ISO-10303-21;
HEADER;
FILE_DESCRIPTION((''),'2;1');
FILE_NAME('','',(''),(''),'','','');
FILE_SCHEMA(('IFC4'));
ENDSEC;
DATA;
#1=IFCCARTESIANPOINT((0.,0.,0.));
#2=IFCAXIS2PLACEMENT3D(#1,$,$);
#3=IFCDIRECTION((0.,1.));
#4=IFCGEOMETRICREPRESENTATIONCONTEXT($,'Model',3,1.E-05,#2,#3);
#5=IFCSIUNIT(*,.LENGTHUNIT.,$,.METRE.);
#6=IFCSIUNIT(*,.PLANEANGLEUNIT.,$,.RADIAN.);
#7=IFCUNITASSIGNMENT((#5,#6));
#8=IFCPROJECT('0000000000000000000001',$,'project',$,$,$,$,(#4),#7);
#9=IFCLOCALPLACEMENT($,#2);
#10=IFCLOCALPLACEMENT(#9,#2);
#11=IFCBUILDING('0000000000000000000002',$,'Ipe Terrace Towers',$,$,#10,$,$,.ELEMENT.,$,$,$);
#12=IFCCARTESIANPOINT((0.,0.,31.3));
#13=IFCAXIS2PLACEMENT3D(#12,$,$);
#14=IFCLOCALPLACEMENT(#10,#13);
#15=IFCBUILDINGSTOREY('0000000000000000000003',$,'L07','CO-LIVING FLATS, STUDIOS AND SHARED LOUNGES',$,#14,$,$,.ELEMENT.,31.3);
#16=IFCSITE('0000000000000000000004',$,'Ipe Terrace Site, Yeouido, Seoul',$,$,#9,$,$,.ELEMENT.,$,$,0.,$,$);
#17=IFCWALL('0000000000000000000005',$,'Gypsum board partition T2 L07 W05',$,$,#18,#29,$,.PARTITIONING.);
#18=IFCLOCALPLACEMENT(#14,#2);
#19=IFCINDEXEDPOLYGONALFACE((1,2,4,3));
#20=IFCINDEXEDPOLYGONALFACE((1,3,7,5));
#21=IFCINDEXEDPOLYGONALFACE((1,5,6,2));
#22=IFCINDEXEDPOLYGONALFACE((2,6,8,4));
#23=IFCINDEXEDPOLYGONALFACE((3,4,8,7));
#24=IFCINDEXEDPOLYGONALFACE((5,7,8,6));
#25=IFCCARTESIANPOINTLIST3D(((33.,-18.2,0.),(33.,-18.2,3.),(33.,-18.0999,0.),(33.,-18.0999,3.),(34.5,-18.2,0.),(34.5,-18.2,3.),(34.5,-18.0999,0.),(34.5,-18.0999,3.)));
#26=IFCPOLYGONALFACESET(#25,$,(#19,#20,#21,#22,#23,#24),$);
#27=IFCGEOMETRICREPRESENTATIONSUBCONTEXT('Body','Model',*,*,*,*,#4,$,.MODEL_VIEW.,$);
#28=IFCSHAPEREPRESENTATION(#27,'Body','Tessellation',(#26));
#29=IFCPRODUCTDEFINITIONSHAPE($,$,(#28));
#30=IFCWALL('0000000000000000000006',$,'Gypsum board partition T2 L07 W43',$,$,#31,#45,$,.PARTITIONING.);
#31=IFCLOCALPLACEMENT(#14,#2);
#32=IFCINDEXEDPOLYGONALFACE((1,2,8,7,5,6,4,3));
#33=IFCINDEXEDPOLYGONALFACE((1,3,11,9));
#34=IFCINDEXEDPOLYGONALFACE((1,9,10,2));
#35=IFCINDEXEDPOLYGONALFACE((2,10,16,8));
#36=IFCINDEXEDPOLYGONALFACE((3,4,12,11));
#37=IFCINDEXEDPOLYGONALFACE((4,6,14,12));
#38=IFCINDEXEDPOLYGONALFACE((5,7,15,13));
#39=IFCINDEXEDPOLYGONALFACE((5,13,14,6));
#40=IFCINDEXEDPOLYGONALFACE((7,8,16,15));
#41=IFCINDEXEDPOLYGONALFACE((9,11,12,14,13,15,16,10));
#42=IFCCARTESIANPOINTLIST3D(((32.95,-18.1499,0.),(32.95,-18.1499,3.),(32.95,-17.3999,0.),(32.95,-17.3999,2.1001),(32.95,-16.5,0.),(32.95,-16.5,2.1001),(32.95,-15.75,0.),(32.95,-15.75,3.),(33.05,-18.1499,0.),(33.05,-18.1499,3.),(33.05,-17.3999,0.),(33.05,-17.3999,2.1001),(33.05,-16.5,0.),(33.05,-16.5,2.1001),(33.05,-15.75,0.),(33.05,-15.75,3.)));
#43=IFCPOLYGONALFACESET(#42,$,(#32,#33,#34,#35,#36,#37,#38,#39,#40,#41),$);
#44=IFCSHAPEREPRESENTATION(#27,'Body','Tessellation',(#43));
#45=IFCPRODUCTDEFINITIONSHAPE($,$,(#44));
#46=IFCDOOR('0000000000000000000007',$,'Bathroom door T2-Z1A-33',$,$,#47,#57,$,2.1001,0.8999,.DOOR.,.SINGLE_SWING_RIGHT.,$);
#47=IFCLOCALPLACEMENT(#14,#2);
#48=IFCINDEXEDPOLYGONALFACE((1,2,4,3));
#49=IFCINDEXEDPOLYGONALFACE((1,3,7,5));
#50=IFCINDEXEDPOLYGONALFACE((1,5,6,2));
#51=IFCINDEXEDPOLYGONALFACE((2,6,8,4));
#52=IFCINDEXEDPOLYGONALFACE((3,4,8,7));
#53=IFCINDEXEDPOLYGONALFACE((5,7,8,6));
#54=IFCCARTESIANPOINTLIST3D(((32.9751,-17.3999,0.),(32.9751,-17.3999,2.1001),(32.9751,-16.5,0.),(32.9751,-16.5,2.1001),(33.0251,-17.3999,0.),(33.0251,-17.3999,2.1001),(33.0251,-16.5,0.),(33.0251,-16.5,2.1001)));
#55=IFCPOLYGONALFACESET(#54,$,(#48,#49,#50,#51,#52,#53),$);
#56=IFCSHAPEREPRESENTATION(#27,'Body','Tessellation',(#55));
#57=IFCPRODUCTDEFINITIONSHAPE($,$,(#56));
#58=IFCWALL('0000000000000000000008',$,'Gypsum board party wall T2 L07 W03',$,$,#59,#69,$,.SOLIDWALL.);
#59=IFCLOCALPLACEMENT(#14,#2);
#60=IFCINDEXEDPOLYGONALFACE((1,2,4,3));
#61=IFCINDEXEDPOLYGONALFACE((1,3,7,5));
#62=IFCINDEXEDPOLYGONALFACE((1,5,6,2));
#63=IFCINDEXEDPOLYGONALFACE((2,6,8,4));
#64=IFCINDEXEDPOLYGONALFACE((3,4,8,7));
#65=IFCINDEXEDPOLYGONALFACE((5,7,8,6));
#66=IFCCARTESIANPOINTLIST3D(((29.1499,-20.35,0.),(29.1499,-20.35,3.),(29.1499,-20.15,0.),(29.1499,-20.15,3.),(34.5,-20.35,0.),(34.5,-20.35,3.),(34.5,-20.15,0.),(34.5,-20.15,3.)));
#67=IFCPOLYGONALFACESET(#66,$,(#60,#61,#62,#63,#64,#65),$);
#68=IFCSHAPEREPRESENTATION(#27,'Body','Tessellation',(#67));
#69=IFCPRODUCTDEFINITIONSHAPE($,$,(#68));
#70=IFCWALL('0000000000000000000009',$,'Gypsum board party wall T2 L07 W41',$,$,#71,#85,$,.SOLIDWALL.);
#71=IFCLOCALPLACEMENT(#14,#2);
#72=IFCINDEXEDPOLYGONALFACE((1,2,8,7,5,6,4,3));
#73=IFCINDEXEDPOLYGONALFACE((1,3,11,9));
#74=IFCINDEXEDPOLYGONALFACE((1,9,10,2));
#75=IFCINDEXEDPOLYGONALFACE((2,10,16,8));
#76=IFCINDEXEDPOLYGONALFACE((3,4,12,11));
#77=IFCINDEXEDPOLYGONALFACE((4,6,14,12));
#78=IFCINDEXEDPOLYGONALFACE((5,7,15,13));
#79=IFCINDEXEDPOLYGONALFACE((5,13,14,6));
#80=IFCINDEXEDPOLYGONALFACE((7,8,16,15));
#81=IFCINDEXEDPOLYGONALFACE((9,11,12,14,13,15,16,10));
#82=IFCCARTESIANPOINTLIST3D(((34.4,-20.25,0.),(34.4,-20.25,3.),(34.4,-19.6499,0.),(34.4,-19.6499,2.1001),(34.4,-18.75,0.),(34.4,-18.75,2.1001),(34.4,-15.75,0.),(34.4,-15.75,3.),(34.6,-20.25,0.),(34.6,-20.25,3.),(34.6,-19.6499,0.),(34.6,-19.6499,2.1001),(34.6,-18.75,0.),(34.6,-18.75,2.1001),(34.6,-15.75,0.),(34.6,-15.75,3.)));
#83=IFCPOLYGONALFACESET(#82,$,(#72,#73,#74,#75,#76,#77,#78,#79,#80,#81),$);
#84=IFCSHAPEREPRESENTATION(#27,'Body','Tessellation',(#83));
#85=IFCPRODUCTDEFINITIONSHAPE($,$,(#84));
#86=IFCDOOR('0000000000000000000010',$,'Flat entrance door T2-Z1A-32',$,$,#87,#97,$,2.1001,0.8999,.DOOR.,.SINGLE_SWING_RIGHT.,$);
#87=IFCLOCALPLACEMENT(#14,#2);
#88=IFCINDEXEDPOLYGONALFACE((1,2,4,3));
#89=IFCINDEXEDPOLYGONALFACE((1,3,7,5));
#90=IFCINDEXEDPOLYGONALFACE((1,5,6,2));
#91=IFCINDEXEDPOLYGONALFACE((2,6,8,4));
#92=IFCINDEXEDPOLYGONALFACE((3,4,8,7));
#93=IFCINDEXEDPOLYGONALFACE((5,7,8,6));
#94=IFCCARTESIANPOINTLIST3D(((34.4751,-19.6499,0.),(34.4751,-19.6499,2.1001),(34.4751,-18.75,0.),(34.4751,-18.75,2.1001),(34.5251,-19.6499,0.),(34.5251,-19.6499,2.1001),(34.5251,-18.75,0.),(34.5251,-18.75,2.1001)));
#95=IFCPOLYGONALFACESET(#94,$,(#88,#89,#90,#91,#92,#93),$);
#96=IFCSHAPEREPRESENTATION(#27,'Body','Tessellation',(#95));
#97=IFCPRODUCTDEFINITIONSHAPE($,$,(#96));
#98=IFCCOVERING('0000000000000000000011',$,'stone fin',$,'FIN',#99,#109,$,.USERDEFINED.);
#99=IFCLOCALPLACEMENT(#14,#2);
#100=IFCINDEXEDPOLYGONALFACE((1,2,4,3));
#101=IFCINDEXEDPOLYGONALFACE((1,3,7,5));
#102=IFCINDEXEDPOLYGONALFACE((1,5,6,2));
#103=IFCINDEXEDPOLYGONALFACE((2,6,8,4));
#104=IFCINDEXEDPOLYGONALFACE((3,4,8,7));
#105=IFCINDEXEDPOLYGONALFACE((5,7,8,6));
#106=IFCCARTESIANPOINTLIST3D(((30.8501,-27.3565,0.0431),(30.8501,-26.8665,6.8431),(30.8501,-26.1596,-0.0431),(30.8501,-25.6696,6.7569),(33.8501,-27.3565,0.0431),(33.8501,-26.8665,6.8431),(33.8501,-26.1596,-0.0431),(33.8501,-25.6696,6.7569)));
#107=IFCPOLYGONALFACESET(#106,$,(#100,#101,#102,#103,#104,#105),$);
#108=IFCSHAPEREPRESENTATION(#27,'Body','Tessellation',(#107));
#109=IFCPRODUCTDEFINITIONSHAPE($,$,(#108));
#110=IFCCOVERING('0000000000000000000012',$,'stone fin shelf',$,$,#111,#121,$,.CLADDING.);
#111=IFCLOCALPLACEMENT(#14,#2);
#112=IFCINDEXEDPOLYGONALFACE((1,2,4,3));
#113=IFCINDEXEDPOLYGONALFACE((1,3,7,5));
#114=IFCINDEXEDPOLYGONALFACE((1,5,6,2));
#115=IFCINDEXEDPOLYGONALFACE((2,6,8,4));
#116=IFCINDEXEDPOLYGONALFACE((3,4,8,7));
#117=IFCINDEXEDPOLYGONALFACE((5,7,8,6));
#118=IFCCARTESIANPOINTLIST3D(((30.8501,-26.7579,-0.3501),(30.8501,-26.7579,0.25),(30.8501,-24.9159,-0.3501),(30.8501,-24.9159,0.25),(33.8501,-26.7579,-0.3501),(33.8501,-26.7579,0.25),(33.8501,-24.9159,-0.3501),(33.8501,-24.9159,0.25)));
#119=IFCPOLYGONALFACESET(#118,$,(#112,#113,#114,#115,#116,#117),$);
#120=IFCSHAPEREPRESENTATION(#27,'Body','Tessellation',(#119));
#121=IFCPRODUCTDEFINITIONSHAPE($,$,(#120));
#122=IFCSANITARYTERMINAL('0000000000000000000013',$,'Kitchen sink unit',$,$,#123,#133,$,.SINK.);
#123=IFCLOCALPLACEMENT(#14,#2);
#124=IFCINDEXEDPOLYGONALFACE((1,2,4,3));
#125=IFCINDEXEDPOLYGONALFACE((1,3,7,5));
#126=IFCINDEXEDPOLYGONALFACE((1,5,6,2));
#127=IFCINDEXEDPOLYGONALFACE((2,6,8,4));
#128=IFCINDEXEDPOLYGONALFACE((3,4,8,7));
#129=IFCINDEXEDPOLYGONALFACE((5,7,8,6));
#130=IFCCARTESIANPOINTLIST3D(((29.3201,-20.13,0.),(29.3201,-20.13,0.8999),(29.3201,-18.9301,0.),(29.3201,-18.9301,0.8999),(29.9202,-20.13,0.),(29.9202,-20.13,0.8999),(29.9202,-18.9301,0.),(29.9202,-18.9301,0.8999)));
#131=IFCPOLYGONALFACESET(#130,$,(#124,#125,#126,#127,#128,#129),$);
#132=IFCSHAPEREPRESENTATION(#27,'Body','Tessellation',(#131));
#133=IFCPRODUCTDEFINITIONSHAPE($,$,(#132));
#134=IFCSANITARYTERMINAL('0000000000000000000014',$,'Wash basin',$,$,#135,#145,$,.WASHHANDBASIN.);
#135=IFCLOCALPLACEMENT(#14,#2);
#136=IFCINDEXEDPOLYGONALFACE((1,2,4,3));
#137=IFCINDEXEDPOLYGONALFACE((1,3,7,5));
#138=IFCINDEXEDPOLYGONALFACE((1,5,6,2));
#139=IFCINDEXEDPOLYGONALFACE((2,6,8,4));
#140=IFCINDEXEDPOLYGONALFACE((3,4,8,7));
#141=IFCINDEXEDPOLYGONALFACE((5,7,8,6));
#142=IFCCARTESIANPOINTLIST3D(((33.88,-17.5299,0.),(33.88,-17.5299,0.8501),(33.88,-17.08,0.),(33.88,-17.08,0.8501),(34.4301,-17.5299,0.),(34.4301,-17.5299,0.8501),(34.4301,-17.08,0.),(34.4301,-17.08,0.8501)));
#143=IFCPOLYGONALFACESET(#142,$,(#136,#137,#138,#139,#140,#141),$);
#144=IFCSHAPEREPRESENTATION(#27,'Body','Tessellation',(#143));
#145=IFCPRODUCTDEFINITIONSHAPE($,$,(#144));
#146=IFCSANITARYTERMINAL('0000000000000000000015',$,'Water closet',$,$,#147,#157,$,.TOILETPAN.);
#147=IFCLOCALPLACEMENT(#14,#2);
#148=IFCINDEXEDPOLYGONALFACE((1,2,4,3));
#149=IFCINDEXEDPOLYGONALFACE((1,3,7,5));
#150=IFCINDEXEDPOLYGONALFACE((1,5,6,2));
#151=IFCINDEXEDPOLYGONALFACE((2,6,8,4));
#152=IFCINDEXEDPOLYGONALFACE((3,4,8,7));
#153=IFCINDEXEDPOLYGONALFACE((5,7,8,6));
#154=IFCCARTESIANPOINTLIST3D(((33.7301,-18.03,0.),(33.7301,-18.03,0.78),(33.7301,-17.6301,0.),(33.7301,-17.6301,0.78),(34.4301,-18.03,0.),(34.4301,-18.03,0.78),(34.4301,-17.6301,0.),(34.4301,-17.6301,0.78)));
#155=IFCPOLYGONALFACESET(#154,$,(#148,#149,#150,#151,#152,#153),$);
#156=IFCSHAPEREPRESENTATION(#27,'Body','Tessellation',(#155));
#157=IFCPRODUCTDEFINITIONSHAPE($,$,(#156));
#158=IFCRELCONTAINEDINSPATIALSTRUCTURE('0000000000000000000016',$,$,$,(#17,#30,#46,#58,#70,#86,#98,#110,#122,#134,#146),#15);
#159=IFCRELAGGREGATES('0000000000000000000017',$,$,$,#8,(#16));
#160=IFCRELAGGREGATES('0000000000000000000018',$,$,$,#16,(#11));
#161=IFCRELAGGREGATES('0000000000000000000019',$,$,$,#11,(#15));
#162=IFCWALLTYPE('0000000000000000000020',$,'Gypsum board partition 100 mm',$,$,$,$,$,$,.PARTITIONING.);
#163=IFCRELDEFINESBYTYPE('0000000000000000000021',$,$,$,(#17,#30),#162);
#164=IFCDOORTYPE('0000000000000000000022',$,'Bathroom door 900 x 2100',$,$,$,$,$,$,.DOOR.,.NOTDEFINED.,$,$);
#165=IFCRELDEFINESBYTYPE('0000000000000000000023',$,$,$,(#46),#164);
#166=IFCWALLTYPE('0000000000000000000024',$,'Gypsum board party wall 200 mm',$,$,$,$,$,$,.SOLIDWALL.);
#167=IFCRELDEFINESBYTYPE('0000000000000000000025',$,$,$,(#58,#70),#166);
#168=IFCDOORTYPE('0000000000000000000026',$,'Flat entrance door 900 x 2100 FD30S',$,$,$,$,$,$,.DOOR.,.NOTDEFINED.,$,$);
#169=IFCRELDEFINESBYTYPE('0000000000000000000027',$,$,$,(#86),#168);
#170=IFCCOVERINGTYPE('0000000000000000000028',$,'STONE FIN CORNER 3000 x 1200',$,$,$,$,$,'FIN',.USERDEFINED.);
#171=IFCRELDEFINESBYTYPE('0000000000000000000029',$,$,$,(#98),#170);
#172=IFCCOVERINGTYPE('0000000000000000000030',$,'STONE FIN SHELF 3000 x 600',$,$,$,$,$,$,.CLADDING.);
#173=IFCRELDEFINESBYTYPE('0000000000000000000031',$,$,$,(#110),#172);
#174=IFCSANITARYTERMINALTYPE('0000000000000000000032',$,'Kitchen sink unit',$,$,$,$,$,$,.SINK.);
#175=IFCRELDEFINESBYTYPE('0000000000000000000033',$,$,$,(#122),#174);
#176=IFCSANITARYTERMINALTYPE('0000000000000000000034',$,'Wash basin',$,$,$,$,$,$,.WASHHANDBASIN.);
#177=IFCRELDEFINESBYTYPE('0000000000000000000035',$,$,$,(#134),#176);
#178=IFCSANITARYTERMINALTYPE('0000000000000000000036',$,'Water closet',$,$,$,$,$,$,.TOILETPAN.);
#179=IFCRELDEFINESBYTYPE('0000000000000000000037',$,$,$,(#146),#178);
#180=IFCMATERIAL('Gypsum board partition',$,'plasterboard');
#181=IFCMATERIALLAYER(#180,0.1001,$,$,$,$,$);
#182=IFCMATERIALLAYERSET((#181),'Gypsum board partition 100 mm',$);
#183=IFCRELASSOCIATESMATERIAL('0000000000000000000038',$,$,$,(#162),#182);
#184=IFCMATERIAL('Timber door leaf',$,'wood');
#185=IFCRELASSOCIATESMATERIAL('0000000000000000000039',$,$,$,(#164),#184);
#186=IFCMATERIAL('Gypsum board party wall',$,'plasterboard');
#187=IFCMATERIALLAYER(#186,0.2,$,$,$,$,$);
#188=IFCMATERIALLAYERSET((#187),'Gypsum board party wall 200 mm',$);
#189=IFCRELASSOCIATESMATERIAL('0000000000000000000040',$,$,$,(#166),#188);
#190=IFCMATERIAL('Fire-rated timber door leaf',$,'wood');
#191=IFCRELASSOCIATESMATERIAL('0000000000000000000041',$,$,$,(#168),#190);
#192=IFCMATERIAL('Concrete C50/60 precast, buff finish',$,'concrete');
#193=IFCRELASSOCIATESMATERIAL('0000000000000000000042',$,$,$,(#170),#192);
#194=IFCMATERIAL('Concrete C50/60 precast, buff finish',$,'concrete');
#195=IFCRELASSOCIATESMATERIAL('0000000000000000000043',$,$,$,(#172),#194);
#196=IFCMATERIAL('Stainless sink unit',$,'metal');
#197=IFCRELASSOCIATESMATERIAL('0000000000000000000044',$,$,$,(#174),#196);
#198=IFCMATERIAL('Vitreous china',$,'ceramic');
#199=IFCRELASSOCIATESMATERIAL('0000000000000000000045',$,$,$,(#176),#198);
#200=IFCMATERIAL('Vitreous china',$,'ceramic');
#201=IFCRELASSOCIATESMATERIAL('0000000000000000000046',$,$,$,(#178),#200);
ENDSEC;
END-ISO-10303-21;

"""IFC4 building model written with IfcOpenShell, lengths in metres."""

from ifc_helpers import new_model, si_unit, direction, frame, frame_2d, origin, origin_2d, place, context, subcontext, project, spatial, rectangle, extrude, material, layer, layer_set, material_profile, profile_set, type_object, element, fill, save


model = new_model("IFC4")

# Units and contexts
model_context = context("Model", 3, precision=1e-05, world=origin(), true_north=direction((0.0, 1.0)))
body_context = subcontext(model_context, "Body", "Model", "MODEL_VIEW")
ifc_project = project(units=[si_unit("LENGTHUNIT", "METRE"), si_unit("PLANEANGLEUNIT", "RADIAN")], contexts=[model_context])

# Site, building, storey
site_placement = place(None, origin())
site = spatial("IfcSite", under=ifc_project, at=site_placement, Name="Ipe Terrace Site, Yeouido, Seoul", CompositionType="ELEMENT", RefElevation=0.0)
building_placement = place(site_placement, origin())
building = spatial("IfcBuilding", under=site, at=building_placement, Name="Ipe Terrace Towers", CompositionType="ELEMENT")
storey_placement = place(building_placement, frame((0.0, 0.0, 31.3)))
storey = spatial("IfcBuildingStorey", under=building, at=storey_placement, Name="L07", Description="CO-LIVING FLATS, STUDIOS AND SHARED LOUNGES", CompositionType="ELEMENT", Elevation=31.3)

# Wall
ifc_material_1 = material(Name="Gypsum board partition", Category="plasterboard")
ifc_layer_1 = layer(ifc_material_1, 0.1001)
ifc_layer_set_1 = layer_set([ifc_layer_1], Name="Gypsum board partition 100 mm")
wall_type_1 = type_object("IfcWallType", Name="Gypsum board partition 100 mm", PredefinedType="PARTITIONING", material=ifc_layer_set_1)
wall_1_placement = place(storey_placement, frame((34.5, -18.1499, 0.0), z_axis=(0.0, 0.0, 1.0), x_axis=(-1.0, 0.0, 0.0)))
element("IfcWall", 1, at=wall_1_placement, inside=storey, type_object=wall_type_1, Name="Gypsum board partition T2 L07 W05", PredefinedType="PARTITIONING", context=body_context, shape_type="SweptSolid", body=[
    extrude(rectangle(XDim=1.5, YDim=0.1001, at=frame_2d((0.75, 0.0))), origin(), (0.0, 0.0, 1.0), 3.0),
])

# Wall, opening, door
wall_2_placement = place(storey_placement, frame((33.0, -18.1499, 0.0), z_axis=(0.0, 0.0, 1.0), x_axis=(0.0, 1.0, 0.0)))
wall_2 = element("IfcWall", 2, at=wall_2_placement, inside=storey, type_object=wall_type_1, Name="Gypsum board partition T2 L07 W43", PredefinedType="PARTITIONING", context=body_context, shape_type="SweptSolid", body=[
    extrude(rectangle(XDim=2.3999, YDim=0.1001, at=frame_2d((1.2, 0.0))), origin(), (0.0, 0.0, 1.0), 3.0),
])
opening_1_placement = place(wall_2_placement, frame((0.75, 0.0, 0.0)))
opening_1 = element("IfcOpeningElement", 3, at=opening_1_placement, cuts=wall_2, PredefinedType="OPENING", context=body_context, shape_type="SweptSolid", body=[
    extrude(rectangle(XDim=0.8999, YDim=2.1001, at=frame_2d((0.45, 1.05))), frame((0.0, 0.0601, 0.0), z_axis=(0.0, -1.0, 0.0), x_axis=(1.0, 0.0, 0.0)), (0.0, 0.0, 1.0), 0.1201),
])
ifc_material_2 = material(Name="Timber door leaf", Category="wood")
door_type_1 = type_object("IfcDoorType", Name="Bathroom door 900 x 2100", OperationType="NOTDEFINED", PredefinedType="DOOR", material=ifc_material_2)
door_1_placement = place(opening_1_placement, origin())
door_1 = element("IfcDoor", 4, at=door_1_placement, inside=storey, type_object=door_type_1, Name="Bathroom door T2-Z1A-33", OperationType="SINGLE_SWING_RIGHT", OverallHeight=2.1001, OverallWidth=0.8999, PredefinedType="DOOR", context=body_context, shape_type="SweptSolid", body=[
    extrude(rectangle(XDim=0.8999, YDim=2.1001, at=frame_2d((0.45, 1.05))), frame((0.0, 0.0249, 0.0), z_axis=(0.0, -1.0, 0.0), x_axis=(1.0, 0.0, 0.0)), (0.0, 0.0, 1.0), 0.05),
])
fill(opening_1, door_1)

# Wall
ifc_material_3 = material(Name="Gypsum board party wall", Category="plasterboard")
ifc_layer_2 = layer(ifc_material_3, 0.2)
ifc_layer_set_2 = layer_set([ifc_layer_2], Name="Gypsum board party wall 200 mm")
wall_type_2 = type_object("IfcWallType", Name="Gypsum board party wall 200 mm", PredefinedType="SOLIDWALL", material=ifc_layer_set_2)
wall_3_placement = place(storey_placement, frame((34.5, -20.25, 0.0), z_axis=(0.0, 0.0, 1.0), x_axis=(-1.0, 0.0, 0.0)))
element("IfcWall", 5, at=wall_3_placement, inside=storey, type_object=wall_type_2, Name="Gypsum board party wall T2 L07 W03", PredefinedType="SOLIDWALL", context=body_context, shape_type="SweptSolid", body=[
    extrude(rectangle(XDim=5.3501, YDim=0.2, at=frame_2d((2.675, 0.0))), origin(), (0.0, 0.0, 1.0), 3.0),
])

# Wall, opening, door
wall_4_placement = place(storey_placement, frame((34.5, -20.25, 0.0), z_axis=(0.0, 0.0, 1.0), x_axis=(0.0, 1.0, 0.0)))
wall_4 = element("IfcWall", 6, at=wall_4_placement, inside=storey, type_object=wall_type_2, Name="Gypsum board party wall T2 L07 W41", PredefinedType="SOLIDWALL", context=body_context, shape_type="SweptSolid", body=[
    extrude(rectangle(XDim=4.5, YDim=0.2, at=frame_2d((2.25, 0.0))), origin(), (0.0, 0.0, 1.0), 3.0),
])
opening_2_placement = place(wall_4_placement, frame((0.6001, 0.0, 0.0)))
opening_2 = element("IfcOpeningElement", 7, at=opening_2_placement, cuts=wall_4, PredefinedType="OPENING", context=body_context, shape_type="SweptSolid", body=[
    extrude(rectangle(XDim=0.8999, YDim=2.1001, at=frame_2d((0.45, 1.05))), frame((0.0, 0.1099, 0.0), z_axis=(0.0, -1.0, 0.0), x_axis=(1.0, 0.0, 0.0)), (0.0, 0.0, 1.0), 0.22),
])
ifc_material_4 = material(Name="Fire-rated timber door leaf", Category="wood")
door_type_2 = type_object("IfcDoorType", Name="Flat entrance door 900 x 2100 FD30S", OperationType="NOTDEFINED", PredefinedType="DOOR", material=ifc_material_4)
door_2_placement = place(opening_2_placement, origin())
door_2 = element("IfcDoor", 8, at=door_2_placement, inside=storey, type_object=door_type_2, Name="Flat entrance door T2-Z1A-32", OperationType="SINGLE_SWING_RIGHT", OverallHeight=2.1001, OverallWidth=0.8999, PredefinedType="DOOR", context=body_context, shape_type="SweptSolid", body=[
    extrude(rectangle(XDim=0.8999, YDim=2.1001, at=frame_2d((0.45, 1.05))), frame((0.0, 0.0249, 0.0), z_axis=(0.0, -1.0, 0.0), x_axis=(1.0, 0.0, 0.0)), (0.0, 0.0, 1.0), 0.05),
])
fill(opening_2, door_2)

# Coverings
ifc_material_5 = material(Name="Concrete C50/60 precast, buff finish", Category="concrete")
ifc_material_profile_1 = material_profile(ifc_material_5, rectangle(XDim=3.0, YDim=1.2, at=origin_2d()), Name="STONE FIN CORNER 3000 x 1200")
ifc_profile_set_1 = profile_set([ifc_material_profile_1], Name="Concrete C50/60 precast, buff finish")
covering_type_1 = type_object("IfcCoveringType", Name="STONE FIN CORNER 3000 x 1200", ElementType="FIN", PredefinedType="USERDEFINED", material=ifc_profile_set_1)
covering_1_placement = place(storey_placement, frame((32.3501, -26.7581, 0.0), z_axis=(0.0, 0.071871, 0.997414), x_axis=(1.0, 0.0, 0.0)))
element("IfcCovering", 9, at=covering_1_placement, inside=storey, type_object=covering_type_1, Name="stone fin", ObjectType="FIN", PredefinedType="USERDEFINED", context=body_context, shape_type="SweptSolid", body=[
    extrude(rectangle(XDim=3.0, YDim=1.2, at=origin_2d()), origin(), (0.0, 0.0, 1.0), 6.8176),
])
ifc_material_6 = material(Name="Concrete C50/60 precast, buff finish", Category="concrete")
covering_type_2 = type_object("IfcCoveringType", Name="STONE FIN SHELF 3000 x 600", PredefinedType="CLADDING", material=ifc_material_6)
covering_2_placement = place(storey_placement, frame((32.3501, -25.8369, -0.3501), z_axis=(0.0, 0.0, 1.0), x_axis=(1.0, 0.0, 0.0)))
element("IfcCovering", 10, at=covering_2_placement, inside=storey, type_object=covering_type_2, Name="stone fin shelf", PredefinedType="CLADDING", context=body_context, shape_type="SweptSolid", body=[
    extrude(rectangle(XDim=3.0, YDim=1.842, at=origin_2d()), origin(), (0.0, 0.0, 1.0), 0.6001),
])

# Sanitary terminals
ifc_material_7 = material(Name="Stainless sink unit", Category="metal")
sanitary_terminal_type_1 = type_object("IfcSanitaryTerminalType", Name="Kitchen sink unit", PredefinedType="SINK", material=ifc_material_7)
sanitary_terminal_1_placement = place(storey_placement, frame((29.6201, -19.53, 0.0), z_axis=(0.0, 0.0, 1.0), x_axis=(0.0, 1.0, 0.0)))
element("IfcSanitaryTerminal", 11, at=sanitary_terminal_1_placement, inside=storey, type_object=sanitary_terminal_type_1, Name="Kitchen sink unit", PredefinedType="SINK", context=body_context, shape_type="SweptSolid", body=[
    extrude(rectangle(XDim=1.2, YDim=0.6001, at=origin_2d()), origin(), (0.0, 0.0, 1.0), 0.8999),
])
ifc_material_8 = material(Name="Vitreous china", Category="ceramic")
sanitary_terminal_type_2 = type_object("IfcSanitaryTerminalType", Name="Wash basin", PredefinedType="WASHHANDBASIN", material=ifc_material_8)
sanitary_terminal_2_placement = place(storey_placement, frame((34.155, -17.3049, 0.0), z_axis=(0.0, 0.0, 1.0), x_axis=(-1.0, 0.0, 0.0)))
element("IfcSanitaryTerminal", 12, at=sanitary_terminal_2_placement, inside=storey, type_object=sanitary_terminal_type_2, Name="Wash basin", PredefinedType="WASHHANDBASIN", context=body_context, shape_type="SweptSolid", body=[
    extrude(rectangle(XDim=0.55, YDim=0.45, at=origin_2d()), origin(), (0.0, 0.0, 1.0), 0.8501),
])
ifc_material_9 = material(Name="Vitreous china", Category="ceramic")
sanitary_terminal_type_3 = type_object("IfcSanitaryTerminalType", Name="Water closet", PredefinedType="TOILETPAN", material=ifc_material_9)
sanitary_terminal_3_placement = place(storey_placement, frame((34.0801, -17.8301, 0.0), z_axis=(0.0, 0.0, 1.0), x_axis=(-1.0, 0.0, 0.0)))
element("IfcSanitaryTerminal", 13, at=sanitary_terminal_3_placement, inside=storey, type_object=sanitary_terminal_type_3, Name="Water closet", PredefinedType="TOILETPAN", context=body_context, shape_type="SweptSolid", body=[
    extrude(rectangle(XDim=0.7, YDim=0.3999, at=origin_2d()), origin(), (0.0, 0.0, 1.0), 0.78),
])

save(model, "model.ifc")
